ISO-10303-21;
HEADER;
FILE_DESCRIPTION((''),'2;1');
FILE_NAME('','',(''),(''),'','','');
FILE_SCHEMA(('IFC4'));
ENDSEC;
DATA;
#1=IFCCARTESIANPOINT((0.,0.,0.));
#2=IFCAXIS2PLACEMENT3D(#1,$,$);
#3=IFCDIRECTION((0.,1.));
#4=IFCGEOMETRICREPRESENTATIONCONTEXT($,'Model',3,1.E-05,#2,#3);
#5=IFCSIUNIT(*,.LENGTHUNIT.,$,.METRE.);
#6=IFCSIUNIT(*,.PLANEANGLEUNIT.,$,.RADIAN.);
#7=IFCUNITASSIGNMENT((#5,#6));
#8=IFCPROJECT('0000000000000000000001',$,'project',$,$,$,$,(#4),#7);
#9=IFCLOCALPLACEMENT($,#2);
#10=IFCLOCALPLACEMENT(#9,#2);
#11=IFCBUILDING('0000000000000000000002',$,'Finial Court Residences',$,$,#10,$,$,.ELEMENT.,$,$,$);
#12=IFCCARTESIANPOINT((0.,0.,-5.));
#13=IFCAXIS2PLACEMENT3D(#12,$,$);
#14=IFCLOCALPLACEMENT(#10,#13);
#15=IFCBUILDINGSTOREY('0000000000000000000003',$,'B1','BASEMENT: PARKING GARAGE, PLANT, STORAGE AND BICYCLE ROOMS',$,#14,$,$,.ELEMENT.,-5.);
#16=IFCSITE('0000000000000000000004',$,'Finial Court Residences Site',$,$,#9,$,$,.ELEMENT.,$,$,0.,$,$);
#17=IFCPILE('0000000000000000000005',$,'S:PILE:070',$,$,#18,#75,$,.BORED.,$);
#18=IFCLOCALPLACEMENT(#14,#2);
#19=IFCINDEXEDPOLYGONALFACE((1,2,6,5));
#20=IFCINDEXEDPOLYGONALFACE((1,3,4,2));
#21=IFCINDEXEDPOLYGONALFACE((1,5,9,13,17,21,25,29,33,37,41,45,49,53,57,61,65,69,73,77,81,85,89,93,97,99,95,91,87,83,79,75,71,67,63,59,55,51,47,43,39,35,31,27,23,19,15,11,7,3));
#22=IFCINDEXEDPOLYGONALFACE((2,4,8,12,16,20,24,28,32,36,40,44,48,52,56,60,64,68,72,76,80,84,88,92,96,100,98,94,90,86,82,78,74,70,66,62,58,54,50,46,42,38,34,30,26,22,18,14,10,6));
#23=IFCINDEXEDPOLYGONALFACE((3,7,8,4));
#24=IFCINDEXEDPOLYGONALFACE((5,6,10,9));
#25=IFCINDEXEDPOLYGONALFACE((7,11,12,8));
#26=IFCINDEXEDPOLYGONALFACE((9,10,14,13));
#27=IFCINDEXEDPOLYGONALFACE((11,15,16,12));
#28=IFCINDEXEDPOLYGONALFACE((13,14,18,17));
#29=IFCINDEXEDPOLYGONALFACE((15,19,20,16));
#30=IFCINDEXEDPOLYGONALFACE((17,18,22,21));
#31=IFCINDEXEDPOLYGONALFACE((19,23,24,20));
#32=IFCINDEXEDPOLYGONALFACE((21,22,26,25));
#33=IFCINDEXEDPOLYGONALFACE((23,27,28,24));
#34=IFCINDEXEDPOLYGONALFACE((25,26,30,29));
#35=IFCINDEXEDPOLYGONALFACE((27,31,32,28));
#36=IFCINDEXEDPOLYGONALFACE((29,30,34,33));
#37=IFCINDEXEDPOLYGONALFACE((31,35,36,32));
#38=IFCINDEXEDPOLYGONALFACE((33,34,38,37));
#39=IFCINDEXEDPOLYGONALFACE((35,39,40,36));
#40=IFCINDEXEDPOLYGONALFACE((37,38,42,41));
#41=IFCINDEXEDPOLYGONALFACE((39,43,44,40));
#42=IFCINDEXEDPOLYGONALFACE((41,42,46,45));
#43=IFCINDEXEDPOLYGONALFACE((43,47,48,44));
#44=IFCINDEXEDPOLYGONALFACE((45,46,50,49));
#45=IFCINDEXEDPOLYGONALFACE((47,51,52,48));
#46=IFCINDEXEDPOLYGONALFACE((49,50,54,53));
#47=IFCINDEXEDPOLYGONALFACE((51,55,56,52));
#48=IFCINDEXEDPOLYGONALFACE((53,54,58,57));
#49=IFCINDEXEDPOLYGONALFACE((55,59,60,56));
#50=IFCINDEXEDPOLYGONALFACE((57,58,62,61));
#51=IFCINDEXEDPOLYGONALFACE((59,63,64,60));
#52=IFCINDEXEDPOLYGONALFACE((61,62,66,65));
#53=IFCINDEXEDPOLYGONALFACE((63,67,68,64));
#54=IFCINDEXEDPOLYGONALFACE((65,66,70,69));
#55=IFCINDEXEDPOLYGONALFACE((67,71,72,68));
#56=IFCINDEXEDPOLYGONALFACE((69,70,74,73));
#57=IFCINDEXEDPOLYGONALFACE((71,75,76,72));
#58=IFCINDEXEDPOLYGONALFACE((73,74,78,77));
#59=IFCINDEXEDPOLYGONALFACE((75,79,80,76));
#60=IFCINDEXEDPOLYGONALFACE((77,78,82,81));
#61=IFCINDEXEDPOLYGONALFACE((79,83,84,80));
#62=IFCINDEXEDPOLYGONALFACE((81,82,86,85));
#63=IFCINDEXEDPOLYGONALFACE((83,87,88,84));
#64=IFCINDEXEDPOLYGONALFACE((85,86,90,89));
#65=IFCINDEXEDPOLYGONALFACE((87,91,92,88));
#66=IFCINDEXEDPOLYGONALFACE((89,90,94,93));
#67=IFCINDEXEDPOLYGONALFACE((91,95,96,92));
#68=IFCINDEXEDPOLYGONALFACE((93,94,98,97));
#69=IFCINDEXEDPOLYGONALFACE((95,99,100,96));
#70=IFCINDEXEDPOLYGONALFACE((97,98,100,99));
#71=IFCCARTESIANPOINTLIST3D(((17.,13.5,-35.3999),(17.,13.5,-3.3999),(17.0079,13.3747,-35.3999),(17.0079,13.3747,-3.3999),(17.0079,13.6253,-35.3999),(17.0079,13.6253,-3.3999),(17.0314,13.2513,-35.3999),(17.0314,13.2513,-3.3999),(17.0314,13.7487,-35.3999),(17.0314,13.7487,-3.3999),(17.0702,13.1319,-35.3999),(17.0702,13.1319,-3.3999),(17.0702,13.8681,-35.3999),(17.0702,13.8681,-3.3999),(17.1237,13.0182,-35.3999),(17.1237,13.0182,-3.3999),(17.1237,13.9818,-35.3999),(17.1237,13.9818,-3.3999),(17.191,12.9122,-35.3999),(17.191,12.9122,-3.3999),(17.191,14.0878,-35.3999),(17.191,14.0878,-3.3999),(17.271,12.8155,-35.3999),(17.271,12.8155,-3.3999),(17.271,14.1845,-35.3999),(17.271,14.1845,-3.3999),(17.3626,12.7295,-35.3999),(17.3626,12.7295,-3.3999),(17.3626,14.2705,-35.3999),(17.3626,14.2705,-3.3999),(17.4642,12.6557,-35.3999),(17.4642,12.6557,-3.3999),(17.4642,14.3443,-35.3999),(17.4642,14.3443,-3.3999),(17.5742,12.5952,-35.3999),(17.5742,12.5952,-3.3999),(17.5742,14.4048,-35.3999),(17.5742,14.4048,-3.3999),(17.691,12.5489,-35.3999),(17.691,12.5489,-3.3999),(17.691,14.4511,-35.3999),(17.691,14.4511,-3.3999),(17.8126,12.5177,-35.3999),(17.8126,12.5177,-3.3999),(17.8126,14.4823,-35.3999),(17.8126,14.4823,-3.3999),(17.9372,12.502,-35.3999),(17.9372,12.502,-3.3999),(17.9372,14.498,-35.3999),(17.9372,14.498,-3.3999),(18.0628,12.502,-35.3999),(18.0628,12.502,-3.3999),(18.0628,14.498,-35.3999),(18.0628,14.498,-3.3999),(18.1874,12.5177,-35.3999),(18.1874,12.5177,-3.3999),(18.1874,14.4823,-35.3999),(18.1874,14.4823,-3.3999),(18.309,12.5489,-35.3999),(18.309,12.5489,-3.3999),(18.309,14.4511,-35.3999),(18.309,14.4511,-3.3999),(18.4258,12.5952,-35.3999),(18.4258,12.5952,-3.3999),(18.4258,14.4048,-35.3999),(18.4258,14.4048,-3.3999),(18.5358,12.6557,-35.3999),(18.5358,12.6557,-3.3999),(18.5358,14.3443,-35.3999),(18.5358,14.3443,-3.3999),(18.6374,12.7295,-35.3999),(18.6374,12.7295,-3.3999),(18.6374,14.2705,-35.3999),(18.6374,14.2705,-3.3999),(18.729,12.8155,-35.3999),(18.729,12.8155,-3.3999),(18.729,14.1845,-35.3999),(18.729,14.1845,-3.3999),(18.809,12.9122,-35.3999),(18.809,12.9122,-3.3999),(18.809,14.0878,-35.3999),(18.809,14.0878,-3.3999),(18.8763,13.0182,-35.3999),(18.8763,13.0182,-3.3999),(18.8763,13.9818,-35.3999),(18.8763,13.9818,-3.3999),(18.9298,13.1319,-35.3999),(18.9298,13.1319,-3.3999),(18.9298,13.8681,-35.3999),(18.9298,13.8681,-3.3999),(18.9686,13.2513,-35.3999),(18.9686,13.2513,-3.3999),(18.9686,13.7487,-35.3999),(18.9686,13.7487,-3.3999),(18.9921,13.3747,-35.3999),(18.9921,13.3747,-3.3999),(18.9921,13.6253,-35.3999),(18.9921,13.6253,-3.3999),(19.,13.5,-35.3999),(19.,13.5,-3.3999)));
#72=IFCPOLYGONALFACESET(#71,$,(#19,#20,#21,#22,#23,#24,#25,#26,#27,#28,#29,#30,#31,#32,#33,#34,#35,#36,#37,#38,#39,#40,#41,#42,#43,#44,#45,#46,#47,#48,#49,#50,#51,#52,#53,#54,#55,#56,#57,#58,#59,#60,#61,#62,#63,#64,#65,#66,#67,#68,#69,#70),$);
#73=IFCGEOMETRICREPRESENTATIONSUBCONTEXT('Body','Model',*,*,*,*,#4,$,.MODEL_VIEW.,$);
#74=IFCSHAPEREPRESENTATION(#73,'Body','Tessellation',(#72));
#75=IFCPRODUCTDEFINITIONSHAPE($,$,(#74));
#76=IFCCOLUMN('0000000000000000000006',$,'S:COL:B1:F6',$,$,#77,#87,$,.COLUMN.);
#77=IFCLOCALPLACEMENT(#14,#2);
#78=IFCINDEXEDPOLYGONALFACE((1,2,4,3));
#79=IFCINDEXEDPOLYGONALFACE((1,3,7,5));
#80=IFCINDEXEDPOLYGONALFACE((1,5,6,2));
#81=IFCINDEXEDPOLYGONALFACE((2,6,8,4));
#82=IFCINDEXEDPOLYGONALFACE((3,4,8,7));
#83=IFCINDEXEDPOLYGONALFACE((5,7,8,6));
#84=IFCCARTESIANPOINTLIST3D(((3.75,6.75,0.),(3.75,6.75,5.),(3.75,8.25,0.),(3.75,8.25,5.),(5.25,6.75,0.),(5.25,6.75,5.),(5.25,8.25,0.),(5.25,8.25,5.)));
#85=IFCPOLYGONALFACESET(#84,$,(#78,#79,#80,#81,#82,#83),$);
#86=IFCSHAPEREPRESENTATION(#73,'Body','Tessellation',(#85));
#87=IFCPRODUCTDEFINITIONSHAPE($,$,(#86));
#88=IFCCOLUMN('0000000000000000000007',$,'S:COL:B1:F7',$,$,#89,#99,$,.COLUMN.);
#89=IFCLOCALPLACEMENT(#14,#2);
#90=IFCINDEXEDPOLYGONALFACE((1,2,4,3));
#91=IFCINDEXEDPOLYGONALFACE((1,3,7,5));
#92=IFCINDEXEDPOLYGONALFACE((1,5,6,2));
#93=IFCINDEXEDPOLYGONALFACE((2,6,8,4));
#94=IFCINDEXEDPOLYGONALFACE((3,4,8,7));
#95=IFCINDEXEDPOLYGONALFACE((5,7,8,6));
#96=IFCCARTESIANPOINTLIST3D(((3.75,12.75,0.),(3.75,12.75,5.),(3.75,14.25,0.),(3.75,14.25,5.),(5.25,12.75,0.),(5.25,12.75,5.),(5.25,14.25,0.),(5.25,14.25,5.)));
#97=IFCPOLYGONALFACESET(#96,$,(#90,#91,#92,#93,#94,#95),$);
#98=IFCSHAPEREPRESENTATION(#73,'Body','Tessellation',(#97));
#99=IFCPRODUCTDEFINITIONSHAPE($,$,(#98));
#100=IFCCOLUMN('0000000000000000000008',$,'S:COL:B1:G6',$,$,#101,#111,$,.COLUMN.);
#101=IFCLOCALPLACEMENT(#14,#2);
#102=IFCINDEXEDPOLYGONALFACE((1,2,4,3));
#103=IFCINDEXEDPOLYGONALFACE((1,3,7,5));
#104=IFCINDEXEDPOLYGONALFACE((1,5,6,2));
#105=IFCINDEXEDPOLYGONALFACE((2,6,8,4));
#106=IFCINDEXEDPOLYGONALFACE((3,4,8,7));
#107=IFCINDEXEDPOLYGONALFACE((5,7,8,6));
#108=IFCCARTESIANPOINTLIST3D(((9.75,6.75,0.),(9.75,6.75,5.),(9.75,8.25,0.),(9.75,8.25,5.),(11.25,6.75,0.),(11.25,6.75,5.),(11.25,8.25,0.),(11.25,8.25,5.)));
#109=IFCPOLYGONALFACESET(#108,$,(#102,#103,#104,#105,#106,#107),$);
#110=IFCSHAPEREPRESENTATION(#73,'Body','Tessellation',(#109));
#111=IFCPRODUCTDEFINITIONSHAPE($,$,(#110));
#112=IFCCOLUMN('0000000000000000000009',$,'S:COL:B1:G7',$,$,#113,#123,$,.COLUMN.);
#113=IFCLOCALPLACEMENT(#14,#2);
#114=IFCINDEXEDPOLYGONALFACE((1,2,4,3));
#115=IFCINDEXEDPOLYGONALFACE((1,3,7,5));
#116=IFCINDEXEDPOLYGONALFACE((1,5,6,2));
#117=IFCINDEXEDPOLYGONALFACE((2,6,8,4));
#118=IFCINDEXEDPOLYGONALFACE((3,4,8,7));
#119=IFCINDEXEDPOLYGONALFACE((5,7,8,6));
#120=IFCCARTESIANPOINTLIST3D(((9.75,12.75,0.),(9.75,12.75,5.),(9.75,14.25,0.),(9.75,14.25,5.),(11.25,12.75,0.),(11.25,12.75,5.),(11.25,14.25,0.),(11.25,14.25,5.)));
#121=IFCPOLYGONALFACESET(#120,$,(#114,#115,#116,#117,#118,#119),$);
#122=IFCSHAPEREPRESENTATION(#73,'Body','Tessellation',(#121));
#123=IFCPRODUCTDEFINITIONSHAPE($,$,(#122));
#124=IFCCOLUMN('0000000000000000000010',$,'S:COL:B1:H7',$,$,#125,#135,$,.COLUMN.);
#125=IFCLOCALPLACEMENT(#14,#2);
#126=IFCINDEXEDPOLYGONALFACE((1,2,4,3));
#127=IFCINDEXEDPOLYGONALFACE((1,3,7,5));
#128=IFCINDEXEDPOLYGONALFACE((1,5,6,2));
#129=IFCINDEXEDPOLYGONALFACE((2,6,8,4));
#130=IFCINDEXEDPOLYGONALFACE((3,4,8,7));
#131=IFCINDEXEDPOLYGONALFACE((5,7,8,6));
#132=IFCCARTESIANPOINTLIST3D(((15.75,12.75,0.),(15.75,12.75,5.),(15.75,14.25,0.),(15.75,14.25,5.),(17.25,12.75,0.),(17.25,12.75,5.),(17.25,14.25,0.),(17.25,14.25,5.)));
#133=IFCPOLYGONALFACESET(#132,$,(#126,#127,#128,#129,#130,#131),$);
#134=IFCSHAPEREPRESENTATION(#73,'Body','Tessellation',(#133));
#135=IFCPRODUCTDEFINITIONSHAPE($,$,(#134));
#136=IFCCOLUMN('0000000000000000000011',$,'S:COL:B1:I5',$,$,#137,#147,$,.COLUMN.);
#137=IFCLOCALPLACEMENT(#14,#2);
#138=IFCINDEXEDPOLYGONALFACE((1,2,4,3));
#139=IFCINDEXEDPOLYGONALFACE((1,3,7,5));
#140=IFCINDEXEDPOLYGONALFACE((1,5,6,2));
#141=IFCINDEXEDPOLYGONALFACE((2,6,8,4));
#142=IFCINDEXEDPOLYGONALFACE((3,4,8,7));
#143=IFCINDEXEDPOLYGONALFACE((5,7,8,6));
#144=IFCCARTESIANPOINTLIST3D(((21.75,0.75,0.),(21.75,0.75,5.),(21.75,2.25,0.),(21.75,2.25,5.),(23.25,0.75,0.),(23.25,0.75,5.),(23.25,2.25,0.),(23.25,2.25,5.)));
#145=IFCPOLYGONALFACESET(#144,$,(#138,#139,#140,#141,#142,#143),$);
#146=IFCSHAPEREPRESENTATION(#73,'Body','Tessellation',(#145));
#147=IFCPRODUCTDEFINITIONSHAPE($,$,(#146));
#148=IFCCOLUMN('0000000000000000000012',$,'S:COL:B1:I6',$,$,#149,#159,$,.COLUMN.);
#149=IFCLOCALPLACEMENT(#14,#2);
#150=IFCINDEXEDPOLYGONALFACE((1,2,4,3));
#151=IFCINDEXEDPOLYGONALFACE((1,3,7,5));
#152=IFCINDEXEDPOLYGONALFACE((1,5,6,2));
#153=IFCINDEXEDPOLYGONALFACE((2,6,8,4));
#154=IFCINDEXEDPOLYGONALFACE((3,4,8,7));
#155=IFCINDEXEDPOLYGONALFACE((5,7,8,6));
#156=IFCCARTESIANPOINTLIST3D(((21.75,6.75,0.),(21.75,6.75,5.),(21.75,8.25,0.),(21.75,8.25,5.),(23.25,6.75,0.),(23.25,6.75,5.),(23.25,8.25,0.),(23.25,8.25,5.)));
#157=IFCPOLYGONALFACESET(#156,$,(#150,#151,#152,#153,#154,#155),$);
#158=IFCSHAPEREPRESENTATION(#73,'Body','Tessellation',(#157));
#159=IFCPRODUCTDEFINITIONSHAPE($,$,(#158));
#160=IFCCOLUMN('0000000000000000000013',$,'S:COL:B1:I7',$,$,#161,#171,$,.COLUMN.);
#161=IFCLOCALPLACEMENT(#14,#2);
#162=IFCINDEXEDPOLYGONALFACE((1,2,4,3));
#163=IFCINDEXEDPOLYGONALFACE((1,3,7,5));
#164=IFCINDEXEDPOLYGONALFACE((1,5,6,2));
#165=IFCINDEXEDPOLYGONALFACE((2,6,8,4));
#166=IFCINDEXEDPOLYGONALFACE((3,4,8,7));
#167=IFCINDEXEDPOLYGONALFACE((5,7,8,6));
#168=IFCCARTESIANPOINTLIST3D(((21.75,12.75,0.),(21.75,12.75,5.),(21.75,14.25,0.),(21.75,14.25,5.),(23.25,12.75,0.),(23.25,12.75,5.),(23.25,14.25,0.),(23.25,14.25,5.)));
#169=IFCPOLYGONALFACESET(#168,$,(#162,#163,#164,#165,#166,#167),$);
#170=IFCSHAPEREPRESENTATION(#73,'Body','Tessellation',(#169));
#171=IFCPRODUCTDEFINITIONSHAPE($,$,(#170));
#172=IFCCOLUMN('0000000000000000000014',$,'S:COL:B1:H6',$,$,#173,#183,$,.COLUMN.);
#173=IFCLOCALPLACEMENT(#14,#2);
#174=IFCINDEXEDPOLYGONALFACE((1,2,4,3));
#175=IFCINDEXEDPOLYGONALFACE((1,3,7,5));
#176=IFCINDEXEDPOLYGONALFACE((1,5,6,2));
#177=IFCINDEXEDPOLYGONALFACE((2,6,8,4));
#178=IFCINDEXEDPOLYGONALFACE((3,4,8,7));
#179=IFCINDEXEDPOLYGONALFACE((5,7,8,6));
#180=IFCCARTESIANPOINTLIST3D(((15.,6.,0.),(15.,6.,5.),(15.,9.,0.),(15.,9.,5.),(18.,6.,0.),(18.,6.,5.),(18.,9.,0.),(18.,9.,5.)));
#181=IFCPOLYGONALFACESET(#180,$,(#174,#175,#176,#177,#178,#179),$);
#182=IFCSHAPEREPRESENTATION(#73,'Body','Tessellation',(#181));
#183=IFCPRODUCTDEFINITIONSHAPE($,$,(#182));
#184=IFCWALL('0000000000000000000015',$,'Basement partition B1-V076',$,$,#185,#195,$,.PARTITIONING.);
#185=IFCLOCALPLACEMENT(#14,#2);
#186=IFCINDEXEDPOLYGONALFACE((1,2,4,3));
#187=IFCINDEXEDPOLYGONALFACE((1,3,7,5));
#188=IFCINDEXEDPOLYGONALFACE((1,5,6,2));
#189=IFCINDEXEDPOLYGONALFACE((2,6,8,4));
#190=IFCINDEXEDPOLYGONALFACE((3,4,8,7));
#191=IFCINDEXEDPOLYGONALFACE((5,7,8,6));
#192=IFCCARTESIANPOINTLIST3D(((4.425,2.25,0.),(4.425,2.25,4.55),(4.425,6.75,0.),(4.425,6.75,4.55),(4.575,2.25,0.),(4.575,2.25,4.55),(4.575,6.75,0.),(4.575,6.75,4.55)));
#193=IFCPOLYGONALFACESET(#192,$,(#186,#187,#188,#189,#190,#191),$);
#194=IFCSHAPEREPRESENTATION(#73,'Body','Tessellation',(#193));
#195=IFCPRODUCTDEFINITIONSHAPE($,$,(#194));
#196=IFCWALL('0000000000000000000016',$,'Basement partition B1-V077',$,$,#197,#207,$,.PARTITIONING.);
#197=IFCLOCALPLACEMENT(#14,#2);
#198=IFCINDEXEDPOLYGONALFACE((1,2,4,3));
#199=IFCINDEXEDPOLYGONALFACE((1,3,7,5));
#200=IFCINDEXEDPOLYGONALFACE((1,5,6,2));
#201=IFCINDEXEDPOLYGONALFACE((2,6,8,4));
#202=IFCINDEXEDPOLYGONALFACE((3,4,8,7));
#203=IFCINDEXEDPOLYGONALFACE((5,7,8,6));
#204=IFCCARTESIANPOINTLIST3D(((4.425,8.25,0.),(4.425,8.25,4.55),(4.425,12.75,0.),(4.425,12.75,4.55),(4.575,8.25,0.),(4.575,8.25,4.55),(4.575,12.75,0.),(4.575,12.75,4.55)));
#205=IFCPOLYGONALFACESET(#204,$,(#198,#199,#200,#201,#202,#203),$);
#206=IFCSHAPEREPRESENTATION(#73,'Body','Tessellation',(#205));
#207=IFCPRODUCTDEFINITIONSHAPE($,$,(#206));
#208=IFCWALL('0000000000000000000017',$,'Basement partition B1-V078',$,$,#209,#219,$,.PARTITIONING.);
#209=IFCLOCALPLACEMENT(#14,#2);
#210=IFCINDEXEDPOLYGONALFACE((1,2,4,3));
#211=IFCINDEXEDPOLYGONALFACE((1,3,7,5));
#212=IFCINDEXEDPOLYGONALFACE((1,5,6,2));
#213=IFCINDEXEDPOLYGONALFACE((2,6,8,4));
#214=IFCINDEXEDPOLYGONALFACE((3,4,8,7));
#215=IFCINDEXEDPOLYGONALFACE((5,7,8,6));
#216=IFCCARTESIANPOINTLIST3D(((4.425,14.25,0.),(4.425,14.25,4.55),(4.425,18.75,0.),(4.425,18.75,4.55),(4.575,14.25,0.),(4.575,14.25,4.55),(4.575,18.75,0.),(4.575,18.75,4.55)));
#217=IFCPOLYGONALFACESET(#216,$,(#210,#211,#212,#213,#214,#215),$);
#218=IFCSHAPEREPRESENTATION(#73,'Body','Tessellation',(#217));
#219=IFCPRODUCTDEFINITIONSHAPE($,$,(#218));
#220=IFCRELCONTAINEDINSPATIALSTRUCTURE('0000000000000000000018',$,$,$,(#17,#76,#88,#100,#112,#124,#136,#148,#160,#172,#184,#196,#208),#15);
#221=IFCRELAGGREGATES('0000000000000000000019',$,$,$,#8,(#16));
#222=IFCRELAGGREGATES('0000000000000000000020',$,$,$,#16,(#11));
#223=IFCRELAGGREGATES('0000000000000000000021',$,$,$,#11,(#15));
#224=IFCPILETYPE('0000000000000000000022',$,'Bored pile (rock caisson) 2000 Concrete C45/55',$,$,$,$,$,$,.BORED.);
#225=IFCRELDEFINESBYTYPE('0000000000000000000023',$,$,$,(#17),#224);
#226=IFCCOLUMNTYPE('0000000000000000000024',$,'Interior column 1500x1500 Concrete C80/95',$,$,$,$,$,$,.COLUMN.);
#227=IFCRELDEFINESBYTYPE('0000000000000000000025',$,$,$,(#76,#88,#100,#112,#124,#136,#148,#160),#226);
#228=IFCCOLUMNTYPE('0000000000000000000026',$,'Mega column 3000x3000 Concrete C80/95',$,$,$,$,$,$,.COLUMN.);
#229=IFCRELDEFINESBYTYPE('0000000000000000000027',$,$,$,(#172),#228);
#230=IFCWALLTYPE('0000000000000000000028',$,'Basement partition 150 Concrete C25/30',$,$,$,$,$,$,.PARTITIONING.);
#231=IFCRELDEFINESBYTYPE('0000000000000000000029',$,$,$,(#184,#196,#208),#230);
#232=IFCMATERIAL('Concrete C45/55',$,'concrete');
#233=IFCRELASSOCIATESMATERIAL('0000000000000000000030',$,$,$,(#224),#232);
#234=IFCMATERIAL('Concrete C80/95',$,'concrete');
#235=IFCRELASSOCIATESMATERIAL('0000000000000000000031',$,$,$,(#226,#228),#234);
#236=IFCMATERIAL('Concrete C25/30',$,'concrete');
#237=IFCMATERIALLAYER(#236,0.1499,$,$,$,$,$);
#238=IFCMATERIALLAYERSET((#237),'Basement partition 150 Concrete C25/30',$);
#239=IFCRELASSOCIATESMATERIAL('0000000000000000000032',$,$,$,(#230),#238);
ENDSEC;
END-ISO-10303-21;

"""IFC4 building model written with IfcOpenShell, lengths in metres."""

from ifc_helpers import new_model, si_unit, direction, frame, frame_2d, origin, origin_2d, place, context, subcontext, project, spatial, rectangle, circle, extrude, material, layer, layer_set, material_profile, profile_set, type_object, element, save


model = new_model("IFC4")

# Units and contexts
model_context = context("Model", 3, precision=1e-05, world=origin(), true_north=direction((0.0, 1.0)))
body_context = subcontext(model_context, "Body", "Model", "MODEL_VIEW")
ifc_project = project(units=[si_unit("LENGTHUNIT", "METRE"), si_unit("PLANEANGLEUNIT", "RADIAN")], contexts=[model_context])

# Site, building, storey
site_placement = place(None, origin())
site = spatial("IfcSite", under=ifc_project, at=site_placement, Name="Finial Court Residences Site", CompositionType="ELEMENT", RefElevation=0.0)
building_placement = place(site_placement, origin())
building = spatial("IfcBuilding", under=site, at=building_placement, Name="Finial Court Residences", CompositionType="ELEMENT")
storey_placement = place(building_placement, frame((0.0, 0.0, -5.0)))
storey = spatial("IfcBuildingStorey", under=building, at=storey_placement, Name="B1", Description="BASEMENT: PARKING GARAGE, PLANT, STORAGE AND BICYCLE ROOMS", CompositionType="ELEMENT", Elevation=-5.0)

# Pile
ifc_material_1 = material(Name="Concrete C45/55", Category="concrete")
ifc_material_profile_1 = material_profile(ifc_material_1, circle(Radius=1.0, at=origin_2d()), Name="D2000")
ifc_profile_set_1 = profile_set([ifc_material_profile_1], Name="Concrete C45/55")
pile_type = type_object("IfcPileType", Name="Bored pile (rock caisson) 2000 Concrete C45/55", PredefinedType="BORED", material=ifc_profile_set_1)
for number, where, z_axis, x_axis, name in (
    (1, (18.0, 13.5, -3.3999), (0.0, 0.0, -1.0), (1.0, 0.0, 0.0), "S:PILE:070"),
):
    element("IfcPile", number, at=place(storey_placement, frame(where, z_axis=z_axis, x_axis=x_axis)), inside=storey, type_object=pile_type, Name=name, PredefinedType="BORED", context=body_context, shape_type="SweptSolid", body=[
        extrude(circle(Radius=1.0, at=origin_2d()), origin(), (0.0, 0.0, 1.0), 32.0),
    ])

# Columns
ifc_material_2 = material(Name="Concrete C80/95", Category="concrete")
ifc_material_profile_2 = material_profile(ifc_material_2, rectangle(XDim=1.5, YDim=1.5, at=origin_2d()), Name="1500x1500")
ifc_profile_set_2 = profile_set([ifc_material_profile_2], Name="Concrete C80/95")
column_type_1 = type_object("IfcColumnType", Name="Interior column 1500x1500 Concrete C80/95", PredefinedType="COLUMN", material=ifc_profile_set_2)
for number, where, z_axis, x_axis, name in (
    (2, (4.5, 7.5, 0.0), (0.0, 0.0, 1.0), (1.0, 0.0, 0.0), "S:COL:B1:F6"),
    (3, (4.5, 13.5, 0.0), (0.0, 0.0, 1.0), (1.0, 0.0, 0.0), "S:COL:B1:F7"),
    (4, (10.5, 7.5, 0.0), (0.0, 0.0, 1.0), (1.0, 0.0, 0.0), "S:COL:B1:G6"),
    (5, (10.5, 13.5, 0.0), (0.0, 0.0, 1.0), (1.0, 0.0, 0.0), "S:COL:B1:G7"),
    (6, (16.5, 13.5, 0.0), (0.0, 0.0, 1.0), (1.0, 0.0, 0.0), "S:COL:B1:H7"),
    (7, (22.5, 1.5, 0.0), (0.0, 0.0, 1.0), (1.0, 0.0, 0.0), "S:COL:B1:I5"),
    (8, (22.5, 7.5, 0.0), (0.0, 0.0, 1.0), (1.0, 0.0, 0.0), "S:COL:B1:I6"),
    (9, (22.5, 13.5, 0.0), (0.0, 0.0, 1.0), (1.0, 0.0, 0.0), "S:COL:B1:I7"),
):
    element("IfcColumn", number, at=place(storey_placement, frame(where, z_axis=z_axis, x_axis=x_axis)), inside=storey, type_object=column_type_1, Name=name, PredefinedType="COLUMN", context=body_context, shape_type="SweptSolid", body=[
        extrude(rectangle(XDim=1.5, YDim=1.5, at=origin_2d()), origin(), (0.0, 0.0, 1.0), 5.0),
    ])
ifc_material_profile_3 = material_profile(ifc_material_2, rectangle(XDim=3.0, YDim=3.0, at=origin_2d()), Name="3000x3000")
ifc_profile_set_3 = profile_set([ifc_material_profile_3], Name="Concrete C80/95")
column_type_2 = type_object("IfcColumnType", Name="Mega column 3000x3000 Concrete C80/95", PredefinedType="COLUMN", material=ifc_profile_set_3)
column_placement = place(storey_placement, frame((16.5, 7.5, 0.0), z_axis=(0.0, 0.0, 1.0), x_axis=(1.0, 0.0, 0.0)))
element("IfcColumn", 10, at=column_placement, inside=storey, type_object=column_type_2, Name="S:COL:B1:H6", PredefinedType="COLUMN", context=body_context, shape_type="SweptSolid", body=[
    extrude(rectangle(XDim=3.0, YDim=3.0, at=origin_2d()), origin(), (0.0, 0.0, 1.0), 5.0),
])

# Walls
ifc_material_3 = material(Name="Concrete C25/30", Category="concrete")
ifc_layer_1 = layer(ifc_material_3, 0.1499)
ifc_layer_set_1 = layer_set([ifc_layer_1], Name="Basement partition 150 Concrete C25/30")
wall_type_1 = type_object("IfcWallType", Name="Basement partition 150 Concrete C25/30", PredefinedType="PARTITIONING", material=ifc_layer_set_1)
for number, where, z_axis, x_axis, name in (
    (11, (4.5, 2.25, 0.0), (0.0, 0.0, 1.0), (0.0, 1.0, 0.0), "Basement partition B1-V076"),
    (12, (4.5, 8.25, 0.0), (0.0, 0.0, 1.0), (0.0, 1.0, 0.0), "Basement partition B1-V077"),
    (13, (4.5, 14.25, 0.0), (0.0, 0.0, 1.0), (0.0, 1.0, 0.0), "Basement partition B1-V078"),
):
    element("IfcWall", number, at=place(storey_placement, frame(where, z_axis=z_axis, x_axis=x_axis)), inside=storey, type_object=wall_type_1, Name=name, PredefinedType="PARTITIONING", context=body_context, shape_type="SweptSolid", body=[
        extrude(rectangle(XDim=4.5, YDim=0.1499, at=frame_2d((2.25, 0.0))), origin(), (0.0, 0.0, 1.0), 4.55),
    ])

save(model, "model.ifc")
